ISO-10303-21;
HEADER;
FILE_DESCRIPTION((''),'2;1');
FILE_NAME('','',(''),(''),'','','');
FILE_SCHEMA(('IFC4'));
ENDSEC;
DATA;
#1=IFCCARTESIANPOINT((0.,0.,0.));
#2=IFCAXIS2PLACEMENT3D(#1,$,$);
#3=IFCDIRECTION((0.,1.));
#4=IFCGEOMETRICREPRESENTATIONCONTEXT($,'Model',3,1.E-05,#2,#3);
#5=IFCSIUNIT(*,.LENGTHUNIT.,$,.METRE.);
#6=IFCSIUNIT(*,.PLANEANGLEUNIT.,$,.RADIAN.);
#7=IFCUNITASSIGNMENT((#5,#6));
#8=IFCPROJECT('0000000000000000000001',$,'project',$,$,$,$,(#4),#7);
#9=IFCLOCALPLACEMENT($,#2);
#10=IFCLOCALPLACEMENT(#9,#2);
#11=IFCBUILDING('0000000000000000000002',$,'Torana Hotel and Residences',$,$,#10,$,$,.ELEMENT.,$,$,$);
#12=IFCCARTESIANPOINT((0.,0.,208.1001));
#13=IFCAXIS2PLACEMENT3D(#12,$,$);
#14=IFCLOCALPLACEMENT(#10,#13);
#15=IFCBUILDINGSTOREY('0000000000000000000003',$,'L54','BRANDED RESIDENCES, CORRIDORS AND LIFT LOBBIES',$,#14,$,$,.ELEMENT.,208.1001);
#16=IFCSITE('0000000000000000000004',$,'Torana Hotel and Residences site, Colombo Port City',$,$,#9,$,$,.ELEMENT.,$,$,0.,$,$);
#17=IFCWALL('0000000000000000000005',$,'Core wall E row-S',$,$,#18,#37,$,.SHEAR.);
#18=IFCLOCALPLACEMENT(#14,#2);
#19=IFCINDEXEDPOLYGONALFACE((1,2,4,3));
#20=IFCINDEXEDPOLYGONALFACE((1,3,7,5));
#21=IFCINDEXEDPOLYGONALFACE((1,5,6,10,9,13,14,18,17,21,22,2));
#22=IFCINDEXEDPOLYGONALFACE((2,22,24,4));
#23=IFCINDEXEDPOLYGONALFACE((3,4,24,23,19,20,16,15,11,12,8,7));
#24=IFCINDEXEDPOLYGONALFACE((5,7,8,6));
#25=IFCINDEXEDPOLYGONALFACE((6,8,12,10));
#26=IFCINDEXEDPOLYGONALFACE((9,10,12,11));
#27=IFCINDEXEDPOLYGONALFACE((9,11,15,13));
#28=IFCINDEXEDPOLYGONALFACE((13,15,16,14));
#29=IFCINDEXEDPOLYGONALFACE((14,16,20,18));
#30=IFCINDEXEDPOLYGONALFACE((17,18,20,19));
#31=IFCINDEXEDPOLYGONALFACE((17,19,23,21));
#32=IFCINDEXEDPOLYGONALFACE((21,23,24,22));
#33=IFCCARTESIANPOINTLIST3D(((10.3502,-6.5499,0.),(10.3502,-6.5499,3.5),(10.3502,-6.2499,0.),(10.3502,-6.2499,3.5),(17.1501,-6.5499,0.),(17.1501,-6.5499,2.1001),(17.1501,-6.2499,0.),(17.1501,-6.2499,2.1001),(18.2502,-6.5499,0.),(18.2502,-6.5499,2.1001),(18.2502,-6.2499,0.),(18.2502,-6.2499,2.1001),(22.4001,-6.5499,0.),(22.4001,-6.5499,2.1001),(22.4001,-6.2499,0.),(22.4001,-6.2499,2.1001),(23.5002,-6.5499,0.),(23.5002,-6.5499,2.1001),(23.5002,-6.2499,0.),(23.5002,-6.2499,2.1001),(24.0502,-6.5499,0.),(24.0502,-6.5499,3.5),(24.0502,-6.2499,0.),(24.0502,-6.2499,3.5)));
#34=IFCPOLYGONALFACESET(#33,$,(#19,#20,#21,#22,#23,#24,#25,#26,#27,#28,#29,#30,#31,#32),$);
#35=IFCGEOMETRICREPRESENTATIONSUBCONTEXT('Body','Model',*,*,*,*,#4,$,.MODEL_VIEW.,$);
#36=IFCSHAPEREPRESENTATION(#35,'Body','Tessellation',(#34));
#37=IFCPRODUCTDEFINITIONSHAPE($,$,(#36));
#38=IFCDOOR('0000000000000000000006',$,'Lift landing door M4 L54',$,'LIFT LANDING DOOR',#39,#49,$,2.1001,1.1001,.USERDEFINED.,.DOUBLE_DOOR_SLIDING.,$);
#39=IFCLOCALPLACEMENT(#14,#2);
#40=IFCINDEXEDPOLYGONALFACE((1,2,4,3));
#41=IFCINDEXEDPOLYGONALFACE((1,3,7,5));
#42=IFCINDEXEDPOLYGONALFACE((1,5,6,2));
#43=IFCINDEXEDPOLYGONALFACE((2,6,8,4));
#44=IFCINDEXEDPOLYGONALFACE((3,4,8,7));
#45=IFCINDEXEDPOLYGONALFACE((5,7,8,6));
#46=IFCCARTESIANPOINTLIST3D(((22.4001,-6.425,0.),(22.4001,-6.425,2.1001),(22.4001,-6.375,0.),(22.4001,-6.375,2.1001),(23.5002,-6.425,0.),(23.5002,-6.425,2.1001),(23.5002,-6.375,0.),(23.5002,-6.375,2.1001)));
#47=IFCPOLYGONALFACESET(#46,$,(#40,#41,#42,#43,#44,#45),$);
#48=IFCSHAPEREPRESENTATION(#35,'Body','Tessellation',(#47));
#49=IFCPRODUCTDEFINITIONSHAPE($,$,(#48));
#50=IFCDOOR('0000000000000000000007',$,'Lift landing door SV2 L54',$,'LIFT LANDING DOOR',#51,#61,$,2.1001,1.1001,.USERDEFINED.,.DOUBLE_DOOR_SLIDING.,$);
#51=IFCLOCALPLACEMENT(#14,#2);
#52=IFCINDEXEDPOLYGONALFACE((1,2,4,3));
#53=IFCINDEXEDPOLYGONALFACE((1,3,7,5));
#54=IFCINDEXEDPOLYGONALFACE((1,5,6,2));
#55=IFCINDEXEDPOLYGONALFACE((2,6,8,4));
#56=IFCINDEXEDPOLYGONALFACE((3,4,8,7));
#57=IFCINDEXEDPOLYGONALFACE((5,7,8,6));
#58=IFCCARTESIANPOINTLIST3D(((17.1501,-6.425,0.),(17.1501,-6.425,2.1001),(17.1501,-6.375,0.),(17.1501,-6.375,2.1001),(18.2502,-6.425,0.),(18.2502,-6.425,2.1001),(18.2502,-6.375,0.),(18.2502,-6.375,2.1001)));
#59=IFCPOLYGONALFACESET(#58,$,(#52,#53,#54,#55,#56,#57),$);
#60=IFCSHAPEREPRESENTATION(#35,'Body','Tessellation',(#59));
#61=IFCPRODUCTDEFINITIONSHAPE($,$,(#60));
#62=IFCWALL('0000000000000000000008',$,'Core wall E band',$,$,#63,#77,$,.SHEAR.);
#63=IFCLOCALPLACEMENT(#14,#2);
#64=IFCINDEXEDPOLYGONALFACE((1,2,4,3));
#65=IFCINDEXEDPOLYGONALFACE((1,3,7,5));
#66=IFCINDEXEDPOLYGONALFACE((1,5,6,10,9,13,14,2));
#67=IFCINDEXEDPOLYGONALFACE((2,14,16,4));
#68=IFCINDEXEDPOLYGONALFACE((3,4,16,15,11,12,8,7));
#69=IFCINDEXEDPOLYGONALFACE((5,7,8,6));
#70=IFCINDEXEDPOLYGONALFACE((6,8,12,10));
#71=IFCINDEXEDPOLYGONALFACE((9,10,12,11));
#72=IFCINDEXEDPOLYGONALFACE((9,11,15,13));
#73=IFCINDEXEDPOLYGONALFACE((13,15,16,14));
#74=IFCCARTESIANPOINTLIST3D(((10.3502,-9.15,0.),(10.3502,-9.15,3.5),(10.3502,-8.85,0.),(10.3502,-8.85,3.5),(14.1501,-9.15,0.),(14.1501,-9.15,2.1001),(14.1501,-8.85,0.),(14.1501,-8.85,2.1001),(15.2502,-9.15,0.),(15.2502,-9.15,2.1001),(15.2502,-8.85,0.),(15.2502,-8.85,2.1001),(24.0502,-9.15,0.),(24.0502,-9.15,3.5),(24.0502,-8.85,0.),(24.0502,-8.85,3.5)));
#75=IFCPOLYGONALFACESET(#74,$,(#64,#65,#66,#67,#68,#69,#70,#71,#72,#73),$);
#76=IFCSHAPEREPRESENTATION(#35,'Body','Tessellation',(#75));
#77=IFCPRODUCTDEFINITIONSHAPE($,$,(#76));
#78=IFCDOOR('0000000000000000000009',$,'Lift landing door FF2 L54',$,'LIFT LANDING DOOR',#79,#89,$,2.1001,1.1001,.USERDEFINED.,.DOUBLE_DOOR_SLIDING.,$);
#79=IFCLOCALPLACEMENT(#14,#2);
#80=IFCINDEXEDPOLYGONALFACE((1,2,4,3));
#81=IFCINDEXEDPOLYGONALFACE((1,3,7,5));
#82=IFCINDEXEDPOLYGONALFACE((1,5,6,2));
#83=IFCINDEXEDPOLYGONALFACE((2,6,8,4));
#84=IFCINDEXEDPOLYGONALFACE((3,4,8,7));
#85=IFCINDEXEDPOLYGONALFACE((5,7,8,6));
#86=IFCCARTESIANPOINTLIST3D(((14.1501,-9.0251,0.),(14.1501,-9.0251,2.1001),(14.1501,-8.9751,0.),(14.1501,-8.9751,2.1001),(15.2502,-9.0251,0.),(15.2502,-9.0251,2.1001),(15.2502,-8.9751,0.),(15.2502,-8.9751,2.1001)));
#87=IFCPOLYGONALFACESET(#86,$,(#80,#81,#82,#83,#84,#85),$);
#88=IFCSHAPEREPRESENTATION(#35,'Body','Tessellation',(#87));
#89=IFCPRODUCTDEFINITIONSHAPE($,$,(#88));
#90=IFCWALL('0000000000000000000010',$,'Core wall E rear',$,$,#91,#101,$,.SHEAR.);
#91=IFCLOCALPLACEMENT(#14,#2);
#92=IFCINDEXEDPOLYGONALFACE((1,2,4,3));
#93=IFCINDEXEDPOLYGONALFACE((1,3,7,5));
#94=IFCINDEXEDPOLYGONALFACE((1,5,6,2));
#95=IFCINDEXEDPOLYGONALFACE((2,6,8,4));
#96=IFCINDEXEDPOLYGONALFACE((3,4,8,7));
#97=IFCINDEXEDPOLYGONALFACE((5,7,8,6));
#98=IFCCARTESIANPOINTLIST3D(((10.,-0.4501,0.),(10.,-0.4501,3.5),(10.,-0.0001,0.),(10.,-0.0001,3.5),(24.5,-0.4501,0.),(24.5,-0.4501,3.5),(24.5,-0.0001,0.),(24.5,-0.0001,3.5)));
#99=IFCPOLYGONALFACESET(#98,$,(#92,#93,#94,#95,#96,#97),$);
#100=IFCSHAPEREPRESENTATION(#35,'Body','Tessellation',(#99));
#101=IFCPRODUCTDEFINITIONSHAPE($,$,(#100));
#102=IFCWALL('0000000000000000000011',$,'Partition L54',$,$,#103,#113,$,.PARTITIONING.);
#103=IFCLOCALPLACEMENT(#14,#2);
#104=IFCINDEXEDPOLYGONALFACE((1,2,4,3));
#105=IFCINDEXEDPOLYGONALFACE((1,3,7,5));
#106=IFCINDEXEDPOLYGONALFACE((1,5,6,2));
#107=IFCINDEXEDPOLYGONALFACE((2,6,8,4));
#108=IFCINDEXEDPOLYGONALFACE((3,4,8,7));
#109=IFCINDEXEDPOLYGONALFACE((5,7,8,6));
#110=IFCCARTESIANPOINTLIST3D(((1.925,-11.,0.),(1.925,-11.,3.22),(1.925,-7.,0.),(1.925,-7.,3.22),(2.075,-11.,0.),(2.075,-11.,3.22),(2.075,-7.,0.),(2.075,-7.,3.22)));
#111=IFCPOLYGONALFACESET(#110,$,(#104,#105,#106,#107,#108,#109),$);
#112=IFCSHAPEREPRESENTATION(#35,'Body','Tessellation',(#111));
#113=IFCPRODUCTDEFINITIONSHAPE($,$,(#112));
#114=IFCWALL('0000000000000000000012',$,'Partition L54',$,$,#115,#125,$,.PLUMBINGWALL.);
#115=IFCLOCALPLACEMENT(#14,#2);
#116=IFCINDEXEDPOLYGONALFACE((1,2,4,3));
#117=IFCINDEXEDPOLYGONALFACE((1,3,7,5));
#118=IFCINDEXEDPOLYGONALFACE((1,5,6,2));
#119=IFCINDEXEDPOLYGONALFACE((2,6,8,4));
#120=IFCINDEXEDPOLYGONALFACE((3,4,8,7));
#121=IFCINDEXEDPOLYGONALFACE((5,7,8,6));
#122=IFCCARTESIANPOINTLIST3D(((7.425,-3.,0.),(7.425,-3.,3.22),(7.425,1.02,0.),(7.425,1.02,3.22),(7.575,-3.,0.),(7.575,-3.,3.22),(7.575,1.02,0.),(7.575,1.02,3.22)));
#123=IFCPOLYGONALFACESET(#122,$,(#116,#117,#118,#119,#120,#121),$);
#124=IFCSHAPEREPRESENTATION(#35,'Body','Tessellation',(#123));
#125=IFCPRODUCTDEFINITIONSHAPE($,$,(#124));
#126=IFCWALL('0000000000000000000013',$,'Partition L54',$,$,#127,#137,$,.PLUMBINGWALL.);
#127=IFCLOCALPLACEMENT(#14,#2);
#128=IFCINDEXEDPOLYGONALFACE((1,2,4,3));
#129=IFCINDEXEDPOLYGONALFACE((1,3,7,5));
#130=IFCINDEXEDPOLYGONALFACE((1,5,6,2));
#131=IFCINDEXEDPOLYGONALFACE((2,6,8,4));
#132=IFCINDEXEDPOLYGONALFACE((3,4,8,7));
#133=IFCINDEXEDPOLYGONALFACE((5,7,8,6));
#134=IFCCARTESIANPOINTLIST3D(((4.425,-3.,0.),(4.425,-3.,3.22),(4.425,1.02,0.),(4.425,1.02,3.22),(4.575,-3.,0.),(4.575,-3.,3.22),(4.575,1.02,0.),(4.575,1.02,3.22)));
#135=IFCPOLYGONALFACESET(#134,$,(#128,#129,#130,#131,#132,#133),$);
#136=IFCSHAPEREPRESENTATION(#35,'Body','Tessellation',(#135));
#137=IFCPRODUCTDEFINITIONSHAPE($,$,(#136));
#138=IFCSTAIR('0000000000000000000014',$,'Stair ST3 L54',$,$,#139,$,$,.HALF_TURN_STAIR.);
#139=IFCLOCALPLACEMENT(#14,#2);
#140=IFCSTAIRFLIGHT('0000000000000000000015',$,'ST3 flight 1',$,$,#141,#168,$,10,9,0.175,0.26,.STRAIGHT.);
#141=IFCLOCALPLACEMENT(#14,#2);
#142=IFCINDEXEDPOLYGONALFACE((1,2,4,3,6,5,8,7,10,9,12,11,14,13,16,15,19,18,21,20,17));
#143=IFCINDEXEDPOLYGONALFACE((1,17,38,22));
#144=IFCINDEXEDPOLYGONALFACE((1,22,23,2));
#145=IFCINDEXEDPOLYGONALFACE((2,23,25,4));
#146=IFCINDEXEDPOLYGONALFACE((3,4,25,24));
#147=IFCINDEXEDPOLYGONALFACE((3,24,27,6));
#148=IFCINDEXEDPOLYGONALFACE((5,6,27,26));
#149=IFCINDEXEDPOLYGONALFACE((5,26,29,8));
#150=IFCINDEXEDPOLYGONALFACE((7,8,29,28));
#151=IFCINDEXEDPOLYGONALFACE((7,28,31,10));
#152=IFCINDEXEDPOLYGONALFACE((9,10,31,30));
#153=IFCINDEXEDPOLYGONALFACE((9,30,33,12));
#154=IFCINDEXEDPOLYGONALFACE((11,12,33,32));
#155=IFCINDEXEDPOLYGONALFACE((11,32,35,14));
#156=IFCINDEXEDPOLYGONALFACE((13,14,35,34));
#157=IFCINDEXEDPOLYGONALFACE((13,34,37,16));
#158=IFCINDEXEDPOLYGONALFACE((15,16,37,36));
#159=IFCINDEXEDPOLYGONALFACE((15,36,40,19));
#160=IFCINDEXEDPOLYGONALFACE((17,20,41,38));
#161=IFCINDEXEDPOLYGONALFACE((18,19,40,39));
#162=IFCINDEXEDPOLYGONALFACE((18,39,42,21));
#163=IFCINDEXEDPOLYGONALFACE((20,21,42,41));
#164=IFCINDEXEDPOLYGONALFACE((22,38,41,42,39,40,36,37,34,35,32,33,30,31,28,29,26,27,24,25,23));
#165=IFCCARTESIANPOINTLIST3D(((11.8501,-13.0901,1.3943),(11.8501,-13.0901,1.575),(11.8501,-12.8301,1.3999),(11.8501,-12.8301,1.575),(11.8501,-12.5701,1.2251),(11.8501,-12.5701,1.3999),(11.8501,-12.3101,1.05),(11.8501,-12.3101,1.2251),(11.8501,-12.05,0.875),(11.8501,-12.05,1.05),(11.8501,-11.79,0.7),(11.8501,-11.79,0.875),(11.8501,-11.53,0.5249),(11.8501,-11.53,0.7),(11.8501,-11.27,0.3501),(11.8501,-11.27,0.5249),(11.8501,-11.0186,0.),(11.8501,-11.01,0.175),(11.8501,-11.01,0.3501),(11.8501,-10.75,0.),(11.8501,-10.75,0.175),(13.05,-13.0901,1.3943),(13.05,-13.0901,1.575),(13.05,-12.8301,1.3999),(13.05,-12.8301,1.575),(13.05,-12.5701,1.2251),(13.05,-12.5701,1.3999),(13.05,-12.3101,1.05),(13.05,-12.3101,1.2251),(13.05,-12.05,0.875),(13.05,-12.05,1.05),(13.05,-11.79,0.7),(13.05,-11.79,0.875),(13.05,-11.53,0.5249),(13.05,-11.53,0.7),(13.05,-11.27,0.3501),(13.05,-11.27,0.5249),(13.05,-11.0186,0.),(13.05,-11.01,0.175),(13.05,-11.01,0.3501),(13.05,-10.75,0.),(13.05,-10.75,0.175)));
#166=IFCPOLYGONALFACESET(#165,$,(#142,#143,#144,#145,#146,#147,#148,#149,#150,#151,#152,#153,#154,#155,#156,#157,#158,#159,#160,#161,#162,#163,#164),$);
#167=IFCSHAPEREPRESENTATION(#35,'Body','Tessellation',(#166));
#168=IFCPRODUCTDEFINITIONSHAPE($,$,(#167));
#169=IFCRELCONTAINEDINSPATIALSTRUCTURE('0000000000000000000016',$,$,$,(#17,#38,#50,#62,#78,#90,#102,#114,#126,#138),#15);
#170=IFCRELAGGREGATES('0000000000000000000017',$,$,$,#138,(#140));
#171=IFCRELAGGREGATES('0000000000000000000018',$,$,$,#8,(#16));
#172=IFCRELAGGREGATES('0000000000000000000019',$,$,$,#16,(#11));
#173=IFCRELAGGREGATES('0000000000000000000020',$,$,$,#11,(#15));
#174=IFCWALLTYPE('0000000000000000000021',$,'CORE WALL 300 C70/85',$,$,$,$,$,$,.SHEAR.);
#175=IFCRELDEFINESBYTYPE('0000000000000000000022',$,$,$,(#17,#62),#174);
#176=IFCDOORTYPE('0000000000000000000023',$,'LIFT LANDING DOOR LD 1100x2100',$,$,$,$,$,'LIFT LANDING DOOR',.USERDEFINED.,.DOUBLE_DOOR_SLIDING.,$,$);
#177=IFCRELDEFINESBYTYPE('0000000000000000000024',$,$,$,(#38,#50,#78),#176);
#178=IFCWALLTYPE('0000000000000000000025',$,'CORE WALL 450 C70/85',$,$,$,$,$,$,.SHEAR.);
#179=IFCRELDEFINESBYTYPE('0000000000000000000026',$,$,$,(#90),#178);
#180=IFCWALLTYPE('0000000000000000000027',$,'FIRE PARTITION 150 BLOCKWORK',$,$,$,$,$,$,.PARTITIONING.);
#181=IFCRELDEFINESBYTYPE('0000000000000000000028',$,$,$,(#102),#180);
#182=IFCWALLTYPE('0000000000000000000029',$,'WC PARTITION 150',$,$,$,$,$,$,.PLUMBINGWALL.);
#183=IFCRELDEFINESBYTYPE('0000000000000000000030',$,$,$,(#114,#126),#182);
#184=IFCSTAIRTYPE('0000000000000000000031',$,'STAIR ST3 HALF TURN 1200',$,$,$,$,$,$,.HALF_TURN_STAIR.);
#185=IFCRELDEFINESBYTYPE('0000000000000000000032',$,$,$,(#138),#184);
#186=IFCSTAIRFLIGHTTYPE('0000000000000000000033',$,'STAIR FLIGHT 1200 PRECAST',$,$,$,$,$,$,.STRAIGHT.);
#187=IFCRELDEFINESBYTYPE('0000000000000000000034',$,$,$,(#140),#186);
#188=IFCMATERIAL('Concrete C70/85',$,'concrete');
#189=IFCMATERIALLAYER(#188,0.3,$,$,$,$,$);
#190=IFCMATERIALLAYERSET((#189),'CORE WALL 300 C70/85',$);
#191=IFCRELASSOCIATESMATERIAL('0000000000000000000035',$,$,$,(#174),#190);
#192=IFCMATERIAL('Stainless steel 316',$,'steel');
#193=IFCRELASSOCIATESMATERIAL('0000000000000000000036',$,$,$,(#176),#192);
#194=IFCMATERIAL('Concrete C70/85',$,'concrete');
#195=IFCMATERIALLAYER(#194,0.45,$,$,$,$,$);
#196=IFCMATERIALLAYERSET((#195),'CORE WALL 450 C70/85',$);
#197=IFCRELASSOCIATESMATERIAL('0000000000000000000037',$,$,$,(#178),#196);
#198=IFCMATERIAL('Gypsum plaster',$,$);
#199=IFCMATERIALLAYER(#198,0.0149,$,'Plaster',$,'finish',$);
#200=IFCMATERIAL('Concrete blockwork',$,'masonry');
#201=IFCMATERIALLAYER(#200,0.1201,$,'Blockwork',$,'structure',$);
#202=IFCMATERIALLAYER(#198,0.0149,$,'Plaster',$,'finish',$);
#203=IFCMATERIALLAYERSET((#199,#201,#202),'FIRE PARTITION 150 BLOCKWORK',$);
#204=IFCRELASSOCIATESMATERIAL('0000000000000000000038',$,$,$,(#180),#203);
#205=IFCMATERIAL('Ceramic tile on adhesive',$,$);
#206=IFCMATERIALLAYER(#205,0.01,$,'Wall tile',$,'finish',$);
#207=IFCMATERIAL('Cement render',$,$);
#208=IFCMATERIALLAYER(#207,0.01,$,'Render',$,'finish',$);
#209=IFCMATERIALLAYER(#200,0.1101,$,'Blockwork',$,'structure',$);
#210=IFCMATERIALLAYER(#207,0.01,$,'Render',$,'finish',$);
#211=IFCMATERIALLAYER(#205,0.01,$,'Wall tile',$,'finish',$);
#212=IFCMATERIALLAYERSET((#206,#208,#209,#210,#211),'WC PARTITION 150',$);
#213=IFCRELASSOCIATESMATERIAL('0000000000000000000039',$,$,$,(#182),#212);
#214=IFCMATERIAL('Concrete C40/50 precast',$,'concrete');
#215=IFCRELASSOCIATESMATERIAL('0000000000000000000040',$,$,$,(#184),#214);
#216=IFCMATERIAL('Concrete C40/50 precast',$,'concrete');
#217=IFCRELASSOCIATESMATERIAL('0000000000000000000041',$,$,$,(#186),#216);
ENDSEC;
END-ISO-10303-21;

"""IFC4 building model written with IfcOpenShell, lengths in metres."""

from ifc_helpers import new_model, si_unit, direction, frame, frame_2d, origin, place, context, subcontext, project, spatial, polyline, rectangle, outline, extrude, material, layer, layer_set, type_object, element, fill, aggregate, save


model = new_model("IFC4")

# Units and contexts
model_context = context("Model", 3, precision=1e-05, world=origin(), true_north=direction((0.0, 1.0)))
body_context = subcontext(model_context, "Body", "Model", "MODEL_VIEW")
ifc_project = project(units=[si_unit("LENGTHUNIT", "METRE"), si_unit("PLANEANGLEUNIT", "RADIAN")], contexts=[model_context])

# Site, building, storey
site_placement = place(None, origin())
site = spatial("IfcSite", under=ifc_project, at=site_placement, Name="Torana Hotel and Residences site, Colombo Port City", CompositionType="ELEMENT", RefElevation=0.0)
building_placement = place(site_placement, origin())
building = spatial("IfcBuilding", under=site, at=building_placement, Name="Torana Hotel and Residences", CompositionType="ELEMENT")
storey_placement = place(building_placement, frame((0.0, 0.0, 208.1001)))
storey = spatial("IfcBuildingStorey", under=building, at=storey_placement, Name="L54", Description="BRANDED RESIDENCES, CORRIDORS AND LIFT LOBBIES", CompositionType="ELEMENT", Elevation=208.1001)

# Wall, openings, doors
ifc_material_1 = material(Name="Concrete C70/85", Category="concrete")
ifc_layer_1 = layer(ifc_material_1, 0.3)
ifc_layer_set_1 = layer_set([ifc_layer_1], Name="CORE WALL 300 C70/85")
wall_type_1 = type_object("IfcWallType", Name="CORE WALL 300 C70/85", PredefinedType="SHEAR", material=ifc_layer_set_1)
ifc_material_2 = material(Name="Stainless steel 316", Category="steel")
door_type_1 = type_object("IfcDoorType", Name="LIFT LANDING DOOR LD 1100x2100", ElementType="LIFT LANDING DOOR", OperationType="DOUBLE_DOOR_SLIDING", PredefinedType="USERDEFINED", material=ifc_material_2)
wall_1_placement = place(storey_placement, frame((10.3501, -6.3999, 0.0), z_axis=(0.0, 0.0, 1.0), x_axis=(1.0, 0.0, 0.0)))
wall_1 = element("IfcWall", 1, at=wall_1_placement, inside=storey, type_object=wall_type_1, Name="Core wall E row-S", PredefinedType="SHEAR", context=body_context, shape_type="SweptSolid", body=[
    extrude(rectangle(XDim=13.7, YDim=0.3, at=frame_2d((6.8501, 0.0))), origin(), (0.0, 0.0, 1.0), 3.5),
])
opening_1_placement = place(wall_1_placement, frame((12.05, 0.0, 0.0)))
opening_1 = element("IfcOpeningElement", 2, at=opening_1_placement, cuts=wall_1, PredefinedType="OPENING", context=body_context, shape_type="SweptSolid", body=[
    extrude(rectangle(XDim=1.1001, YDim=2.1001, at=frame_2d((0.55, 1.05))), frame((0.0, 0.1599, 0.0), z_axis=(0.0, -1.0, 0.0), x_axis=(1.0, 0.0, 0.0)), (0.0, 0.0, 1.0), 0.3201),
])
opening_2_placement = place(wall_1_placement, frame((6.8, 0.0, 0.0)))
opening_2 = element("IfcOpeningElement", 3, at=opening_2_placement, cuts=wall_1, PredefinedType="OPENING", context=body_context, shape_type="SweptSolid", body=[
    extrude(rectangle(XDim=1.1001, YDim=2.1001, at=frame_2d((0.55, 1.05))), frame((0.0, 0.1599, 0.0), z_axis=(0.0, -1.0, 0.0), x_axis=(1.0, 0.0, 0.0)), (0.0, 0.0, 1.0), 0.3201),
])
door_1_placement = place(opening_1_placement, origin())
door_1 = element("IfcDoor", 4, at=door_1_placement, inside=storey, type_object=door_type_1, Name="Lift landing door M4 L54", ObjectType="LIFT LANDING DOOR", OperationType="DOUBLE_DOOR_SLIDING", OverallHeight=2.1001, OverallWidth=1.1001, PredefinedType="USERDEFINED", context=body_context, shape_type="SweptSolid", body=[
    extrude(rectangle(XDim=1.1001, YDim=2.1001, at=frame_2d((0.55, 1.05))), frame((0.0, 0.0249, 0.0), z_axis=(0.0, -1.0, 0.0), x_axis=(1.0, 0.0, 0.0)), (0.0, 0.0, 1.0), 0.05),
])
fill(opening_1, door_1)
door_2_placement = place(opening_2_placement, origin())
door_2 = element("IfcDoor", 5, at=door_2_placement, inside=storey, type_object=door_type_1, Name="Lift landing door SV2 L54", ObjectType="LIFT LANDING DOOR", OperationType="DOUBLE_DOOR_SLIDING", OverallHeight=2.1001, OverallWidth=1.1001, PredefinedType="USERDEFINED", context=body_context, shape_type="SweptSolid", body=[
    extrude(rectangle(XDim=1.1001, YDim=2.1001, at=frame_2d((0.55, 1.05))), frame((0.0, 0.0249, 0.0), z_axis=(0.0, -1.0, 0.0), x_axis=(1.0, 0.0, 0.0)), (0.0, 0.0, 1.0), 0.05),
])
fill(opening_2, door_2)

# Wall, opening, door
wall_2_placement = place(storey_placement, frame((10.3501, -9.0, 0.0), z_axis=(0.0, 0.0, 1.0), x_axis=(1.0, 0.0, 0.0)))
wall_2 = element("IfcWall", 6, at=wall_2_placement, inside=storey, type_object=wall_type_1, Name="Core wall E band", PredefinedType="SHEAR", context=body_context, shape_type="SweptSolid", body=[
    extrude(rectangle(XDim=13.7, YDim=0.3, at=frame_2d((6.8501, 0.0))), origin(), (0.0, 0.0, 1.0), 3.5),
])
opening_3_placement = place(wall_2_placement, frame((3.8, 0.0, 0.0)))
opening_3 = element("IfcOpeningElement", 7, at=opening_3_placement, cuts=wall_2, PredefinedType="OPENING", context=body_context, shape_type="SweptSolid", body=[
    extrude(rectangle(XDim=1.1001, YDim=2.1001, at=frame_2d((0.55, 1.05))), frame((0.0, 0.1599, 0.0), z_axis=(0.0, -1.0, 0.0), x_axis=(1.0, 0.0, 0.0)), (0.0, 0.0, 1.0), 0.3201),
])
door_3_placement = place(opening_3_placement, origin())
door_3 = element("IfcDoor", 8, at=door_3_placement, inside=storey, type_object=door_type_1, Name="Lift landing door FF2 L54", ObjectType="LIFT LANDING DOOR", OperationType="DOUBLE_DOOR_SLIDING", OverallHeight=2.1001, OverallWidth=1.1001, PredefinedType="USERDEFINED", context=body_context, shape_type="SweptSolid", body=[
    extrude(rectangle(XDim=1.1001, YDim=2.1001, at=frame_2d((0.55, 1.05))), frame((0.0, 0.0249, 0.0), z_axis=(0.0, -1.0, 0.0), x_axis=(1.0, 0.0, 0.0)), (0.0, 0.0, 1.0), 0.05),
])
fill(opening_3, door_3)

# Walls
ifc_material_3 = material(Name="Concrete C70/85", Category="concrete")
ifc_layer_2 = layer(ifc_material_3, 0.45)
ifc_layer_set_2 = layer_set([ifc_layer_2], Name="CORE WALL 450 C70/85")
wall_type_2 = type_object("IfcWallType", Name="CORE WALL 450 C70/85", PredefinedType="SHEAR", material=ifc_layer_set_2)
wall_3_placement = place(storey_placement, frame((10.0, -0.2251, 0.0), z_axis=(0.0, 0.0, 1.0), x_axis=(1.0, 0.0, 0.0)))
element("IfcWall", 9, at=wall_3_placement, inside=storey, type_object=wall_type_2, Name="Core wall E rear", PredefinedType="SHEAR", context=body_context, shape_type="SweptSolid", body=[
    extrude(rectangle(XDim=14.5, YDim=0.45, at=frame_2d((7.25, 0.0))), origin(), (0.0, 0.0, 1.0), 3.5),
])
ifc_material_4 = material(Name="Gypsum plaster")
ifc_layer_3 = layer(ifc_material_4, 0.0149, Name="Plaster", Category="finish")
ifc_material_5 = material(Name="Concrete blockwork", Category="masonry")
ifc_layer_4 = layer(ifc_material_5, 0.1201, Name="Blockwork", Category="structure")
ifc_layer_5 = layer(ifc_material_4, 0.0149, Name="Plaster", Category="finish")
ifc_layer_set_3 = layer_set([ifc_layer_3, ifc_layer_4, ifc_layer_5], Name="FIRE PARTITION 150 BLOCKWORK")
wall_type_3 = type_object("IfcWallType", Name="FIRE PARTITION 150 BLOCKWORK", PredefinedType="PARTITIONING", material=ifc_layer_set_3)
wall_4_placement = place(storey_placement, frame((2.0, -11.0, 0.0), z_axis=(0.0, 0.0, 1.0), x_axis=(0.0, 1.0, 0.0)))
element("IfcWall", 10, at=wall_4_placement, inside=storey, type_object=wall_type_3, Name="Partition L54", PredefinedType="PARTITIONING", context=body_context, shape_type="SweptSolid", body=[
    extrude(rectangle(XDim=4.0, YDim=0.1499, at=frame_2d((2.0, 0.0))), origin(), (0.0, 0.0, 1.0), 3.22),
])
ifc_material_6 = material(Name="Ceramic tile on adhesive")
ifc_layer_6 = layer(ifc_material_6, 0.01, Name="Wall tile", Category="finish")
ifc_material_7 = material(Name="Cement render")
ifc_layer_7 = layer(ifc_material_7, 0.01, Name="Render", Category="finish")
ifc_layer_8 = layer(ifc_material_5, 0.1101, Name="Blockwork", Category="structure")
ifc_layer_9 = layer(ifc_material_7, 0.01, Name="Render", Category="finish")
ifc_layer_10 = layer(ifc_material_6, 0.01, Name="Wall tile", Category="finish")
ifc_layer_set_4 = layer_set([ifc_layer_6, ifc_layer_7, ifc_layer_8, ifc_layer_9, ifc_layer_10], Name="WC PARTITION 150")
wall_type_4 = type_object("IfcWallType", Name="WC PARTITION 150", PredefinedType="PLUMBINGWALL", material=ifc_layer_set_4)
for number, where, z_axis, x_axis, name in (
    (11, (7.5, -3.0, 0.0), (0.0, 0.0, 1.0), (0.0, 1.0, 0.0), "Partition L54"),
    (12, (4.5, -3.0, 0.0), (0.0, 0.0, 1.0), (0.0, 1.0, 0.0), "Partition L54"),
):
    element("IfcWall", number, at=place(storey_placement, frame(where, z_axis=z_axis, x_axis=x_axis)), inside=storey, type_object=wall_type_4, Name=name, PredefinedType="PLUMBINGWALL", context=body_context, shape_type="SweptSolid", body=[
        extrude(rectangle(XDim=4.02, YDim=0.1499, at=frame_2d((2.01, 0.0))), origin(), (0.0, 0.0, 1.0), 3.22),
    ])

# Stair, stair flight
ifc_material_8 = material(Name="Concrete C40/50 precast", Category="concrete")
stair_type = type_object("IfcStairType", Name="STAIR ST3 HALF TURN 1200", PredefinedType="HALF_TURN_STAIR", material=ifc_material_8)
stair_placement = place(storey_placement, origin())
stair = element("IfcStair", 13, at=stair_placement, inside=storey, type_object=stair_type, Name="Stair ST3 L54", PredefinedType="HALF_TURN_STAIR")
ifc_material_9 = material(Name="Concrete C40/50 precast", Category="concrete")
stair_flight_type = type_object("IfcStairFlightType", Name="STAIR FLIGHT 1200 PRECAST", PredefinedType="STRAIGHT", material=ifc_material_9)
stair_flight_1_placement = place(storey_placement, frame((12.45, -10.75, 0.0), z_axis=(0.0, 0.0, 1.0), x_axis=(0.0, -1.0, 0.0)))
stair_flight_1 = element("IfcStairFlight", 14, at=stair_flight_1_placement, type_object=stair_flight_type, Name="ST3 flight 1", NumberOfRisers=10, NumberOfTreads=9, PredefinedType="STRAIGHT", RiserHeight=0.175, TreadLength=0.26, context=body_context, shape_type="SweptSolid", body=[
    extrude(outline(polyline([(0.0, 0.0), (0.0, 0.175), (0.26, 0.175), (0.26, 0.3501), (0.52, 0.3501), (0.52, 0.5249), (0.78, 0.5249), (0.78, 0.7), (1.04, 0.7), (1.04, 0.875), (1.3, 0.875), (1.3, 1.05), (1.5601, 1.05), (1.5601, 1.2251), (1.8201, 1.2251), (1.8201, 1.3999), (2.0801, 1.3999), (2.0801, 1.575), (2.3401, 1.575), (2.3401, 1.75), (2.3401, 1.3943), (0.2686, 0.0), (0.0, 0.0)])), frame((0.0, 0.6001, 0.0), z_axis=(0.0, -1.0, 0.0), x_axis=(1.0, 0.0, 0.0)), (0.0, 0.0, 1.0), 1.2),
])
aggregate(stair, [stair_flight_1])

save(model, "model.ifc")
